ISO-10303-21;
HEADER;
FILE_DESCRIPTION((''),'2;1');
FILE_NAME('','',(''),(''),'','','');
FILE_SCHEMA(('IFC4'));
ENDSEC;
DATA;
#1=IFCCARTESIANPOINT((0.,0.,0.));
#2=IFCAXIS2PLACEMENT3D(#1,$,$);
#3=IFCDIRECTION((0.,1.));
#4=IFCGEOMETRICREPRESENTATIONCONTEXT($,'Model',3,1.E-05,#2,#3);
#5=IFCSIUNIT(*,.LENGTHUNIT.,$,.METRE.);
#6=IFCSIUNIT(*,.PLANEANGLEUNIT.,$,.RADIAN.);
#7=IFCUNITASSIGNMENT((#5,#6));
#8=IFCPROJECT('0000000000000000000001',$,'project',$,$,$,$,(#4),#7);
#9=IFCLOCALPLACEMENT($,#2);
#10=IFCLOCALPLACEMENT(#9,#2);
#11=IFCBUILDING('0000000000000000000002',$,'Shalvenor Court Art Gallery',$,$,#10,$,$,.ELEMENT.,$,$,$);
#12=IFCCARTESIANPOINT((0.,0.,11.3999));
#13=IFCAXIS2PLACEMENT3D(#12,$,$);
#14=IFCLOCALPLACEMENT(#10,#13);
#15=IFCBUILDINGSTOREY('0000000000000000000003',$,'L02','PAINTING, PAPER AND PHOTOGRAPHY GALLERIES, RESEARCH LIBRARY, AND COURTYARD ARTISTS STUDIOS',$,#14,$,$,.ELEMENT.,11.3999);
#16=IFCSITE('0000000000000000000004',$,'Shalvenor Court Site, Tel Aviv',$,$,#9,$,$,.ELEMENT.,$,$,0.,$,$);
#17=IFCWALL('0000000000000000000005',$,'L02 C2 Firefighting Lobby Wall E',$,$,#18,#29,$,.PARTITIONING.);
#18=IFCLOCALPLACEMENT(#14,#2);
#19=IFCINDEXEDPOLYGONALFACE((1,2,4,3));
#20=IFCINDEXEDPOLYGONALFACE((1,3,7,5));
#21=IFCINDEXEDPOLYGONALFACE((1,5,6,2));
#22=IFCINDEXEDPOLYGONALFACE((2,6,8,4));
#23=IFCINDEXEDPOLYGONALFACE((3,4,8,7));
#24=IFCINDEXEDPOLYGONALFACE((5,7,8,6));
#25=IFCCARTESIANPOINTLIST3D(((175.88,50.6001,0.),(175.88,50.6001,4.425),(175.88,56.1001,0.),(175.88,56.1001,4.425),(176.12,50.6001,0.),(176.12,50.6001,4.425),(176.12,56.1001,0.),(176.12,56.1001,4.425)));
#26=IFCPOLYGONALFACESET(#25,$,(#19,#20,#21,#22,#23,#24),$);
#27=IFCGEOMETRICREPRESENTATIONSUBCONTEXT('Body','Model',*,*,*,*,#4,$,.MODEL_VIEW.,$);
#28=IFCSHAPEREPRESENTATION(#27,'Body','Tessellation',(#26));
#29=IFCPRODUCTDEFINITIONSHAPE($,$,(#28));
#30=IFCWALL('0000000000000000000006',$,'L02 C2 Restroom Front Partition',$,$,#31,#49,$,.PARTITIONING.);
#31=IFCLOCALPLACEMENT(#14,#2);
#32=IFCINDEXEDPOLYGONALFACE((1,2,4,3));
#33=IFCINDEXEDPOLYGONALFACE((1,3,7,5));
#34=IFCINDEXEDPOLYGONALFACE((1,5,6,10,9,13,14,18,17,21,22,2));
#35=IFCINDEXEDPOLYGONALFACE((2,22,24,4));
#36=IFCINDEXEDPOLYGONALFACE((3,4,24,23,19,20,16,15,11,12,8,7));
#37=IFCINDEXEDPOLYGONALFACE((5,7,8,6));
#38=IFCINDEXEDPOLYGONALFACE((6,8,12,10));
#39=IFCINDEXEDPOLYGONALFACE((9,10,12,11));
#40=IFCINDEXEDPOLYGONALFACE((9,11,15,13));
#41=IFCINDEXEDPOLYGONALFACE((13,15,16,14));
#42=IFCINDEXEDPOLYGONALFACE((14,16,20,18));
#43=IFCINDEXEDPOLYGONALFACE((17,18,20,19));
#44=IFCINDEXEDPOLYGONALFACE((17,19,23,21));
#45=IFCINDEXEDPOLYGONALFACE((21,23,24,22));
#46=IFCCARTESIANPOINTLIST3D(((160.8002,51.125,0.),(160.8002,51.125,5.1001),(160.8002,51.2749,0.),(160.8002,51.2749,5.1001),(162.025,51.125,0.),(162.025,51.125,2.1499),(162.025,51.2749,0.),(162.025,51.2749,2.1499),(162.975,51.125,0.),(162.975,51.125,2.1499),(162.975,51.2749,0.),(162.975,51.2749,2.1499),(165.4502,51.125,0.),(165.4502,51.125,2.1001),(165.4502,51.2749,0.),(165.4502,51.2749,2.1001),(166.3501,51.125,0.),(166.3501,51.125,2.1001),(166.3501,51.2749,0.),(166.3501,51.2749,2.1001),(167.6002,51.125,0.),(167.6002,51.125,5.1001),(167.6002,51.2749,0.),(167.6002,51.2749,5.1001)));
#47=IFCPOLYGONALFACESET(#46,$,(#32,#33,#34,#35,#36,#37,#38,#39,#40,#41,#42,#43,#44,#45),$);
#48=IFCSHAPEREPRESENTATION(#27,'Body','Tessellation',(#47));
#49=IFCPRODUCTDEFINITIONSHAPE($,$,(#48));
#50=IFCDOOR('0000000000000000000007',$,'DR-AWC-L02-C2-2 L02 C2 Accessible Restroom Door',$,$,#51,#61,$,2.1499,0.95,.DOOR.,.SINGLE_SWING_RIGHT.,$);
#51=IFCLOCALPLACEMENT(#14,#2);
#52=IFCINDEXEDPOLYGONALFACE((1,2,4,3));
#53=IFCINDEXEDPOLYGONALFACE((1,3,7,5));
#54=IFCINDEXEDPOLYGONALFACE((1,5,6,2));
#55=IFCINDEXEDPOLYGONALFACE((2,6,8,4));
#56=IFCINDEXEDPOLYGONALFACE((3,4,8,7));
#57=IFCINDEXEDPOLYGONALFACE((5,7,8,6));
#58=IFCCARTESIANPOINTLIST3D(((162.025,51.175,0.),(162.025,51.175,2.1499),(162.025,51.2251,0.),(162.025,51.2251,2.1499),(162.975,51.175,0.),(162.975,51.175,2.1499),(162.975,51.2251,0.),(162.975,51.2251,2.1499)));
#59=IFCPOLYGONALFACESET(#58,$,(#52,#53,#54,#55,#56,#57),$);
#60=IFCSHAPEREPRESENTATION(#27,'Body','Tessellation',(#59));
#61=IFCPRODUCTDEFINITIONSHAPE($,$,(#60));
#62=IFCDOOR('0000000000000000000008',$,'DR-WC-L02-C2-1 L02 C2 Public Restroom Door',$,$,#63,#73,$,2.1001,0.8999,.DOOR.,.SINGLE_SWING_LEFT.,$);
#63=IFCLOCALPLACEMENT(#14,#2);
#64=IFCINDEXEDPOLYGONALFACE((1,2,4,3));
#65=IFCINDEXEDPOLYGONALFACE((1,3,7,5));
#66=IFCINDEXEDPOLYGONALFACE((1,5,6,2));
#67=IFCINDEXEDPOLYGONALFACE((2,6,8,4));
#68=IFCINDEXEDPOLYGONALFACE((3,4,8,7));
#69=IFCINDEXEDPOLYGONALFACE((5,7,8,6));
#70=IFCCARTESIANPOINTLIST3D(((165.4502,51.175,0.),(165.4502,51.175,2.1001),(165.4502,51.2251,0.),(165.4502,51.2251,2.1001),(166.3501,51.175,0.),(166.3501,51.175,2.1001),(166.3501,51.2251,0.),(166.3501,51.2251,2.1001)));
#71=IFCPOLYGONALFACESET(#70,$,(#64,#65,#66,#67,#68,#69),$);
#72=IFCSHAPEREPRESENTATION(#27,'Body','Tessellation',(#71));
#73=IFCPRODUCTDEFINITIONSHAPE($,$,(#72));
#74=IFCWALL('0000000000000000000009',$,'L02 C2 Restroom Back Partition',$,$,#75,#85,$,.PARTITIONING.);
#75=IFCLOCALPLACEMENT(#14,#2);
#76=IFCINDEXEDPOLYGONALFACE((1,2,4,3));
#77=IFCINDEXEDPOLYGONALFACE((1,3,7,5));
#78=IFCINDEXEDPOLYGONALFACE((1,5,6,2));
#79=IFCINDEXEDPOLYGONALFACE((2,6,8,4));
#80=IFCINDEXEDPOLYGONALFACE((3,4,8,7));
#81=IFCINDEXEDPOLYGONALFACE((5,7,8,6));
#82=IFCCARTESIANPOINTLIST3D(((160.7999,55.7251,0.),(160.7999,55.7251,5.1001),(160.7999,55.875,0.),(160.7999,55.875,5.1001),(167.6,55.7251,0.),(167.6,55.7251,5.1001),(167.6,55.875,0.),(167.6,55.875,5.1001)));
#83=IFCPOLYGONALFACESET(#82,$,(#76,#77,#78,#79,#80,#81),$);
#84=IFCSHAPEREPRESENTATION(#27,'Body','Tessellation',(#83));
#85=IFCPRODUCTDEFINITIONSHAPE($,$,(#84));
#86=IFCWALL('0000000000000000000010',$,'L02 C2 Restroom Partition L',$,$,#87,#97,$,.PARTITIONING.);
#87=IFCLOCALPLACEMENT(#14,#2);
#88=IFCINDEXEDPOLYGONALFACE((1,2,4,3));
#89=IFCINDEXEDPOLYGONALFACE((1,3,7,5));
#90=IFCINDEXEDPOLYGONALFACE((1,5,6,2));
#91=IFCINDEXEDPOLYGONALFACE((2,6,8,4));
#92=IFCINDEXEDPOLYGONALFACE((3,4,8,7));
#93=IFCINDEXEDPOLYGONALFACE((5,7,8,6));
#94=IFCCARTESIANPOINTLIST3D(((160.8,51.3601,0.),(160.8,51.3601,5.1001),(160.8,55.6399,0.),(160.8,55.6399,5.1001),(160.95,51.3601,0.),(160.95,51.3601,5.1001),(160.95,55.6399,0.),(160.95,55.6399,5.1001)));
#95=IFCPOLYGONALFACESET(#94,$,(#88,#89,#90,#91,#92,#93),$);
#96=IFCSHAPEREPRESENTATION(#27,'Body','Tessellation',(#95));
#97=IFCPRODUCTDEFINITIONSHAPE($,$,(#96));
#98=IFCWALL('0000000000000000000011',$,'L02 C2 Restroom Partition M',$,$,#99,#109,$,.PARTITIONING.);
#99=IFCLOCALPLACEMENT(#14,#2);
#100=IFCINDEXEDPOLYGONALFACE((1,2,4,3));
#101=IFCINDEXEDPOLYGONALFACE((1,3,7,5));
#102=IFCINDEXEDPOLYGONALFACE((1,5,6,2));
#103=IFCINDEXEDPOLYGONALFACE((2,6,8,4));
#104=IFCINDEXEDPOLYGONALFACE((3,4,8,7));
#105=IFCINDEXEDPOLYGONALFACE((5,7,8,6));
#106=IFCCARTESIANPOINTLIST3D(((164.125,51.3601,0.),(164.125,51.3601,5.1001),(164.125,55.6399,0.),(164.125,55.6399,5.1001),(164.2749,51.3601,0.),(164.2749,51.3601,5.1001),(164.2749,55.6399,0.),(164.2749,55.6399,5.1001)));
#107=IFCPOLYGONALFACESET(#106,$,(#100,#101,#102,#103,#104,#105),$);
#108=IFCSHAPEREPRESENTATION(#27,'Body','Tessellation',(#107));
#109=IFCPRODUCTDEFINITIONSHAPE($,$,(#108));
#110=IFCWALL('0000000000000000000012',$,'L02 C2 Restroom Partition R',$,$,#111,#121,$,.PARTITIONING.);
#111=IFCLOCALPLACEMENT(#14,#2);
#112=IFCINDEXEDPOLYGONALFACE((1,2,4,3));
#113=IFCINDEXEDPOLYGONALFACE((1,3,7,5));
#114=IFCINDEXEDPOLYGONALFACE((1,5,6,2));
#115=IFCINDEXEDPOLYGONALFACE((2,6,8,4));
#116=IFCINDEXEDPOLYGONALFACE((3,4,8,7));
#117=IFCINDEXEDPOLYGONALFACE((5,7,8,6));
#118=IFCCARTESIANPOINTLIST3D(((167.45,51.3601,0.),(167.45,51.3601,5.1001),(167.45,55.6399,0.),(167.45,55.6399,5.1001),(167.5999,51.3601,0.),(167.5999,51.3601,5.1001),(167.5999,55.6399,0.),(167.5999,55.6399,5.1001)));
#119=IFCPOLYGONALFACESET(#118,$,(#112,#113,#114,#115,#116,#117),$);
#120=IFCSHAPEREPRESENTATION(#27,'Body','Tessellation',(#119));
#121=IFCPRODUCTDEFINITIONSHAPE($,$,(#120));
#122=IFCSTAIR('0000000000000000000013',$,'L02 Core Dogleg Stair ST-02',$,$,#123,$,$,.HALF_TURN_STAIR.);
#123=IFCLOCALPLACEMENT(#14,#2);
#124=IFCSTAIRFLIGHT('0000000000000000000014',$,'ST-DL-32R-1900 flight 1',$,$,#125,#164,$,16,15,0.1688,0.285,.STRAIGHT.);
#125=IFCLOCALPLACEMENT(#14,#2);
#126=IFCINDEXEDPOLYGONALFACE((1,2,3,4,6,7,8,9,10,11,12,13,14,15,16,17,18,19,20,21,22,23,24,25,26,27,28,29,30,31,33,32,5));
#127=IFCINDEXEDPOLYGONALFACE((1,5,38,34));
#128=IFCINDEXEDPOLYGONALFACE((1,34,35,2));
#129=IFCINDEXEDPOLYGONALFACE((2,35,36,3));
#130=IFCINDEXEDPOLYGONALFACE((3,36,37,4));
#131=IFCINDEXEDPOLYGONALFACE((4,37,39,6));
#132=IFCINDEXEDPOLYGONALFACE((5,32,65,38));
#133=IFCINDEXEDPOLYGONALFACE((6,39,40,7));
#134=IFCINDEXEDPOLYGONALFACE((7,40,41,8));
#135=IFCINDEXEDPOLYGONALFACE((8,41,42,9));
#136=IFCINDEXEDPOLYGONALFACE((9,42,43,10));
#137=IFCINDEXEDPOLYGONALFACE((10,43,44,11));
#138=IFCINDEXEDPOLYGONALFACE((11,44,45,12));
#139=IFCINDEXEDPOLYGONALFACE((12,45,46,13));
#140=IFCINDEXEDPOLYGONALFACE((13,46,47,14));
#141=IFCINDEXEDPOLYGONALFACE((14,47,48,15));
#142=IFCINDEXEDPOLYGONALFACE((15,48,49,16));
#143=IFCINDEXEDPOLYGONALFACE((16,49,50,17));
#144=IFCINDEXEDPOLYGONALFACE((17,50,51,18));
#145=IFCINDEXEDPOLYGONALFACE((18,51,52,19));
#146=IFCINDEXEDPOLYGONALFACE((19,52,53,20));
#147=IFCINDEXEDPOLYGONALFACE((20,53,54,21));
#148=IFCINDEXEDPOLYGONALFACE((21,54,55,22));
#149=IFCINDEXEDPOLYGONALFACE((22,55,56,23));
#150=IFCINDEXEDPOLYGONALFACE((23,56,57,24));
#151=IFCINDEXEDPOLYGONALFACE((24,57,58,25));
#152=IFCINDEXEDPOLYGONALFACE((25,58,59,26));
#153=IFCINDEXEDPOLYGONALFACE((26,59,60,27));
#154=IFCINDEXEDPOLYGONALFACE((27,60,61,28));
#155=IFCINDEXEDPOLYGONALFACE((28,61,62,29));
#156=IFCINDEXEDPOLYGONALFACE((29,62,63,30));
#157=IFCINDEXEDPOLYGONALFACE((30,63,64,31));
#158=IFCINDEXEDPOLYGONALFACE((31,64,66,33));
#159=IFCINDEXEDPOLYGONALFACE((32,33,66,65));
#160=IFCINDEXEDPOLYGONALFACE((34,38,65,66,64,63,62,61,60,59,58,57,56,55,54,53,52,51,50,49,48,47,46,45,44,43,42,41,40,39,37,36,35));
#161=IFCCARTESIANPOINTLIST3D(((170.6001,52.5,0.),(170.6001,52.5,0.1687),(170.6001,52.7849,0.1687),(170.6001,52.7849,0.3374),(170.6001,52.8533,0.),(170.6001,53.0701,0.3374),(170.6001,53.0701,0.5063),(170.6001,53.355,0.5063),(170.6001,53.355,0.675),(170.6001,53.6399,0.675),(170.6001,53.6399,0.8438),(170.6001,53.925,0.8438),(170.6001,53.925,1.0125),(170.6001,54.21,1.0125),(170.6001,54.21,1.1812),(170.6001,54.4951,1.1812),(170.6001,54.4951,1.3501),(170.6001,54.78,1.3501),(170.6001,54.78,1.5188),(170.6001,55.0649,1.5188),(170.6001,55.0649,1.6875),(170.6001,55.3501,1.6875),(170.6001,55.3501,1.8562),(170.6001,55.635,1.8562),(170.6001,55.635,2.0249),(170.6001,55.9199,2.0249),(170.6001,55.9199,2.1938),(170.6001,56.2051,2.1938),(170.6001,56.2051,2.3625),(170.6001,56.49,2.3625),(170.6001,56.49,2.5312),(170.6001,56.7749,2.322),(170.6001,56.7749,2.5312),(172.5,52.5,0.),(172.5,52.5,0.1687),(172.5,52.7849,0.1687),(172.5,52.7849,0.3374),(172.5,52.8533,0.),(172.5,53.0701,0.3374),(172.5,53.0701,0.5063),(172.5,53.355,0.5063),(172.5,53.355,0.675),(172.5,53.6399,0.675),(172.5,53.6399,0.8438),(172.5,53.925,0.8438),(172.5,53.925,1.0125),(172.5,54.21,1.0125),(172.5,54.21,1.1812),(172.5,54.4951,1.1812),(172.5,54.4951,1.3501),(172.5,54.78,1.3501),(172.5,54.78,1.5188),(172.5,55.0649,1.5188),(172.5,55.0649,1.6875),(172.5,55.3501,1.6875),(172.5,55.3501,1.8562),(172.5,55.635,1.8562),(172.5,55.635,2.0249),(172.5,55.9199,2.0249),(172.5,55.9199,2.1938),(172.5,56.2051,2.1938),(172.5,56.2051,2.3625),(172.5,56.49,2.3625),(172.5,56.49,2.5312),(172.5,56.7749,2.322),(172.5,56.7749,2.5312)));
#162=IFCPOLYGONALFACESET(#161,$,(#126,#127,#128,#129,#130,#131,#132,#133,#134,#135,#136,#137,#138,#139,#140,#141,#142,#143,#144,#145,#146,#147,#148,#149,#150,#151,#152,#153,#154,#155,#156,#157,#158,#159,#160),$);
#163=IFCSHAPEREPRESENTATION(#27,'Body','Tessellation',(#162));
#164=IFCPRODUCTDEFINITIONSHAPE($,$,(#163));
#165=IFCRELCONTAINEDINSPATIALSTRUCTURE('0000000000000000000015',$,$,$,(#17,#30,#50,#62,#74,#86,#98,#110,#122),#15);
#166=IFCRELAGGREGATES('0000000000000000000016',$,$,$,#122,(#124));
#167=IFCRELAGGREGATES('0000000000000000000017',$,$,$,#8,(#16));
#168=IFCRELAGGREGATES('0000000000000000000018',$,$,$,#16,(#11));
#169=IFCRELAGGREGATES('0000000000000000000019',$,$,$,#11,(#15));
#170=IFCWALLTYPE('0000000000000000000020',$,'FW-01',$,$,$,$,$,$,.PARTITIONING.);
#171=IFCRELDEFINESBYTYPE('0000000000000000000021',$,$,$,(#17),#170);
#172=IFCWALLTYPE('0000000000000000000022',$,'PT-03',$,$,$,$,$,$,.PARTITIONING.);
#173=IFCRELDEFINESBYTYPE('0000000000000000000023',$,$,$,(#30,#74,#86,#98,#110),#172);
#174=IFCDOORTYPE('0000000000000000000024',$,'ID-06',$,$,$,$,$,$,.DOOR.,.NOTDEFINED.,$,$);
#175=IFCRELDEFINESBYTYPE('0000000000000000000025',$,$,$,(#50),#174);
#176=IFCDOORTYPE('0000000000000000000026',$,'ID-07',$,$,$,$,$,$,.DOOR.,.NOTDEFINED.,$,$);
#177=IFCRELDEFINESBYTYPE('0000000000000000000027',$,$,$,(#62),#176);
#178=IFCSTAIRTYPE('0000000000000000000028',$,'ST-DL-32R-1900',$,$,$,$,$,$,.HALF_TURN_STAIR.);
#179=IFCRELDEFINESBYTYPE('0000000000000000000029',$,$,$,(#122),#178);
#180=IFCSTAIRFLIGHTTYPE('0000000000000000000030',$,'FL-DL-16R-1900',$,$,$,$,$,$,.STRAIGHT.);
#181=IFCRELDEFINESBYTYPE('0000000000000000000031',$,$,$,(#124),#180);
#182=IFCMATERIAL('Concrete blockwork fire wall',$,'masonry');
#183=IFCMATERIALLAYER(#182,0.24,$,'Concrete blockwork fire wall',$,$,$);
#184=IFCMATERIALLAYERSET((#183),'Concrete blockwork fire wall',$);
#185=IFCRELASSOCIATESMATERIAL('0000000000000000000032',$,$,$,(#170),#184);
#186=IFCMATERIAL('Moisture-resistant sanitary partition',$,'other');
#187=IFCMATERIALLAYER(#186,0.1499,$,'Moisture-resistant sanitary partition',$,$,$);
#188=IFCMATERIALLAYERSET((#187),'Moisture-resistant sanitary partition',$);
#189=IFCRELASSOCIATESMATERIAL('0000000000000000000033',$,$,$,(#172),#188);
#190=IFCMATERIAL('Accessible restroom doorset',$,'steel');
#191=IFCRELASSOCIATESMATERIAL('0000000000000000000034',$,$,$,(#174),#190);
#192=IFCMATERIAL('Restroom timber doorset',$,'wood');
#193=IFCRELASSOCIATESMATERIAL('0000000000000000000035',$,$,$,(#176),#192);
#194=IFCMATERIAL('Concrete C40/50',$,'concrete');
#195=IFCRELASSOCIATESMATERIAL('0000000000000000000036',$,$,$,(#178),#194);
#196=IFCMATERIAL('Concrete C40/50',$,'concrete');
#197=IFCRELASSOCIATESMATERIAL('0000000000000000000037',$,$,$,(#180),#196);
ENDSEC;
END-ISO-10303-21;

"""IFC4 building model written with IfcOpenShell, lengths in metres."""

from ifc_helpers import new_model, si_unit, direction, frame, frame_2d, origin, place, context, subcontext, project, spatial, polyline, rectangle, outline, extrude, material, layer, layer_set, type_object, element, fill, aggregate, save


model = new_model("IFC4")

# Units and contexts
model_context = context("Model", 3, precision=1e-05, world=origin(), true_north=direction((0.0, 1.0)))
body_context = subcontext(model_context, "Body", "Model", "MODEL_VIEW")
ifc_project = project(units=[si_unit("LENGTHUNIT", "METRE"), si_unit("PLANEANGLEUNIT", "RADIAN")], contexts=[model_context])

# Site, building, storey
site_placement = place(None, origin())
site = spatial("IfcSite", under=ifc_project, at=site_placement, Name="Shalvenor Court Site, Tel Aviv", CompositionType="ELEMENT", RefElevation=0.0)
building_placement = place(site_placement, origin())
building = spatial("IfcBuilding", under=site, at=building_placement, Name="Shalvenor Court Art Gallery", CompositionType="ELEMENT")
storey_placement = place(building_placement, frame((0.0, 0.0, 11.3999)))
storey = spatial("IfcBuildingStorey", under=building, at=storey_placement, Name="L02", Description="PAINTING, PAPER AND PHOTOGRAPHY GALLERIES, RESEARCH LIBRARY, AND COURTYARD ARTISTS STUDIOS", CompositionType="ELEMENT", Elevation=11.3999)

# Wall
ifc_material_1 = material(Name="Concrete blockwork fire wall", Category="masonry")
ifc_layer_1 = layer(ifc_material_1, 0.24, Name="Concrete blockwork fire wall")
ifc_layer_set_1 = layer_set([ifc_layer_1], Name="Concrete blockwork fire wall")
wall_type_1 = type_object("IfcWallType", Name="FW-01", PredefinedType="PARTITIONING", material=ifc_layer_set_1)
wall_1_placement = place(storey_placement, frame((176.0, 56.1001, 0.0), z_axis=(0.0, 0.0, 1.0), x_axis=(0.0, -1.0, 0.0)))
element("IfcWall", 1, at=wall_1_placement, inside=storey, type_object=wall_type_1, Name="L02 C2 Firefighting Lobby Wall E", PredefinedType="PARTITIONING", context=body_context, shape_type="SweptSolid", body=[
    extrude(rectangle(XDim=5.5, YDim=0.24, at=frame_2d((2.75, 0.0))), origin(), (0.0, 0.0, 1.0), 4.425),
])

# Wall, openings, doors
ifc_material_2 = material(Name="Moisture-resistant sanitary partition", Category="other")
ifc_layer_2 = layer(ifc_material_2, 0.1499, Name="Moisture-resistant sanitary partition")
ifc_layer_set_2 = layer_set([ifc_layer_2], Name="Moisture-resistant sanitary partition")
wall_type_2 = type_object("IfcWallType", Name="PT-03", PredefinedType="PARTITIONING", material=ifc_layer_set_2)
wall_2_placement = place(storey_placement, frame((167.6001, 51.2, 0.0), z_axis=(0.0, 0.0, 1.0), x_axis=(-1.0, 0.0, 0.0)))
wall_2 = element("IfcWall", 2, at=wall_2_placement, inside=storey, type_object=wall_type_2, Name="L02 C2 Restroom Front Partition", PredefinedType="PARTITIONING", context=body_context, shape_type="SweptSolid", body=[
    extrude(rectangle(XDim=6.8, YDim=0.1499, at=frame_2d((3.3999, 0.0))), origin(), (0.0, 0.0, 1.0), 5.1001),
])
opening_1_placement = place(wall_2_placement, frame((1.25, 0.0, 0.0)))
opening_1 = element("IfcOpeningElement", 3, at=opening_1_placement, cuts=wall_2, PredefinedType="OPENING", context=body_context, shape_type="SweptSolid", body=[
    extrude(rectangle(XDim=0.8999, YDim=2.1001, at=frame_2d((0.45, 1.05))), frame((0.0, 0.085, 0.0), z_axis=(0.0, -1.0, 0.0), x_axis=(1.0, 0.0, 0.0)), (0.0, 0.0, 1.0), 0.1699),
])
opening_2_placement = place(wall_2_placement, frame((4.625, 0.0, 0.0)))
opening_2 = element("IfcOpeningElement", 4, at=opening_2_placement, cuts=wall_2, PredefinedType="OPENING", context=body_context, shape_type="SweptSolid", body=[
    extrude(rectangle(XDim=0.95, YDim=2.1499, at=frame_2d((0.4751, 1.075))), frame((0.0, 0.085, 0.0), z_axis=(0.0, -1.0, 0.0), x_axis=(1.0, 0.0, 0.0)), (0.0, 0.0, 1.0), 0.1699),
])
ifc_material_3 = material(Name="Accessible restroom doorset", Category="steel")
door_type_1 = type_object("IfcDoorType", Name="ID-06", OperationType="NOTDEFINED", PredefinedType="DOOR", material=ifc_material_3)
door_1_placement = place(opening_2_placement, origin())
door_1 = element("IfcDoor", 5, at=door_1_placement, inside=storey, type_object=door_type_1, Name="DR-AWC-L02-C2-2 L02 C2 Accessible Restroom Door", OperationType="SINGLE_SWING_RIGHT", OverallHeight=2.1499, OverallWidth=0.95, PredefinedType="DOOR", context=body_context, shape_type="SweptSolid", body=[
    extrude(rectangle(XDim=0.95, YDim=2.1499, at=frame_2d((0.4751, 1.075))), frame((0.0, 0.0249, 0.0), z_axis=(0.0, -1.0, 0.0), x_axis=(1.0, 0.0, 0.0)), (0.0, 0.0, 1.0), 0.05),
])
fill(opening_2, door_1)
ifc_material_4 = material(Name="Restroom timber doorset", Category="wood")
door_type_2 = type_object("IfcDoorType", Name="ID-07", OperationType="NOTDEFINED", PredefinedType="DOOR", material=ifc_material_4)
door_2_placement = place(opening_1_placement, origin())
door_2 = element("IfcDoor", 6, at=door_2_placement, inside=storey, type_object=door_type_2, Name="DR-WC-L02-C2-1 L02 C2 Public Restroom Door", OperationType="SINGLE_SWING_LEFT", OverallHeight=2.1001, OverallWidth=0.8999, PredefinedType="DOOR", context=body_context, shape_type="SweptSolid", body=[
    extrude(rectangle(XDim=0.8999, YDim=2.1001, at=frame_2d((0.45, 1.05))), frame((0.0, 0.0249, 0.0), z_axis=(0.0, -1.0, 0.0), x_axis=(1.0, 0.0, 0.0)), (0.0, 0.0, 1.0), 0.05),
])
fill(opening_1, door_2)

# Walls
wall_3_placement = place(storey_placement, frame((160.8, 55.8, 0.0), z_axis=(0.0, 0.0, 1.0), x_axis=(1.0, 0.0, 0.0)))
element("IfcWall", 7, at=wall_3_placement, inside=storey, type_object=wall_type_2, Name="L02 C2 Restroom Back Partition", PredefinedType="PARTITIONING", context=body_context, shape_type="SweptSolid", body=[
    extrude(rectangle(XDim=6.8, YDim=0.1499, at=frame_2d((3.3999, 0.0))), origin(), (0.0, 0.0, 1.0), 5.1001),
])
for number, where, z_axis, x_axis, name in (
    (8, (160.875, 51.3601, 0.0), (0.0, 0.0, 1.0), (0.0, 1.0, 0.0), "L02 C2 Restroom Partition L"),
    (9, (164.2, 51.3601, 0.0), (0.0, 0.0, 1.0), (0.0, 1.0, 0.0), "L02 C2 Restroom Partition M"),
    (10, (167.5249, 51.3601, 0.0), (0.0, 0.0, 1.0), (0.0, 1.0, 0.0), "L02 C2 Restroom Partition R"),
):
    element("IfcWall", number, at=place(storey_placement, frame(where, z_axis=z_axis, x_axis=x_axis)), inside=storey, type_object=wall_type_2, Name=name, PredefinedType="PARTITIONING", context=body_context, shape_type="SweptSolid", body=[
        extrude(rectangle(XDim=4.2798, YDim=0.1499, at=frame_2d((2.1399, 0.0))), origin(), (0.0, 0.0, 1.0), 5.1001),
    ])

# Stair, stair flight
ifc_material_5 = material(Name="Concrete C40/50", Category="concrete")
stair_type = type_object("IfcStairType", Name="ST-DL-32R-1900", PredefinedType="HALF_TURN_STAIR", material=ifc_material_5)
stair_placement = place(storey_placement, origin())
stair = element("IfcStair", 11, at=stair_placement, inside=storey, type_object=stair_type, Name="L02 Core Dogleg Stair ST-02", PredefinedType="HALF_TURN_STAIR")
ifc_material_6 = material(Name="Concrete C40/50", Category="concrete")
stair_flight_type = type_object("IfcStairFlightType", Name="FL-DL-16R-1900", PredefinedType="STRAIGHT", material=ifc_material_6)
stair_flight_1_placement = place(storey_placement, frame((171.55, 52.5, 0.0), z_axis=(0.0, 0.0, 1.0), x_axis=(0.0, 1.0, 0.0)))
stair_flight_1 = element("IfcStairFlight", 12, at=stair_flight_1_placement, type_object=stair_flight_type, Name="ST-DL-32R-1900 flight 1", NumberOfRisers=16, NumberOfTreads=15, PredefinedType="STRAIGHT", RiserHeight=0.1688, TreadLength=0.285, context=body_context, shape_type="SweptSolid", body=[
    extrude(outline(polyline([(0.0, 0.0), (0.0, 0.1687), (0.2849, 0.1687), (0.2849, 0.3374), (0.5701, 0.3374), (0.5701, 0.5063), (0.855, 0.5063), (0.855, 0.675), (1.1399, 0.675), (1.1399, 0.8438), (1.425, 0.8438), (1.425, 1.0125), (1.71, 1.0125), (1.71, 1.1812), (1.9951, 1.1812), (1.9951, 1.3501), (2.28, 1.3501), (2.28, 1.5188), (2.5649, 1.5188), (2.5649, 1.6875), (2.8501, 1.6875), (2.8501, 1.8562), (3.135, 1.8562), (3.135, 2.0249), (3.4199, 2.0249), (3.4199, 2.1938), (3.7051, 2.1938), (3.7051, 2.3625), (3.99, 2.3625), (3.99, 2.5312), (4.2749, 2.5312), (4.2749, 2.7), (4.2749, 2.322), (0.3533, 0.0), (0.0, 0.0)])), frame((0.0, 0.95, 0.0), z_axis=(0.0, -1.0, 0.0), x_axis=(1.0, 0.0, 0.0)), (0.0, 0.0, 1.0), 1.8999),
])
aggregate(stair, [stair_flight_1])

save(model, "model.ifc")
